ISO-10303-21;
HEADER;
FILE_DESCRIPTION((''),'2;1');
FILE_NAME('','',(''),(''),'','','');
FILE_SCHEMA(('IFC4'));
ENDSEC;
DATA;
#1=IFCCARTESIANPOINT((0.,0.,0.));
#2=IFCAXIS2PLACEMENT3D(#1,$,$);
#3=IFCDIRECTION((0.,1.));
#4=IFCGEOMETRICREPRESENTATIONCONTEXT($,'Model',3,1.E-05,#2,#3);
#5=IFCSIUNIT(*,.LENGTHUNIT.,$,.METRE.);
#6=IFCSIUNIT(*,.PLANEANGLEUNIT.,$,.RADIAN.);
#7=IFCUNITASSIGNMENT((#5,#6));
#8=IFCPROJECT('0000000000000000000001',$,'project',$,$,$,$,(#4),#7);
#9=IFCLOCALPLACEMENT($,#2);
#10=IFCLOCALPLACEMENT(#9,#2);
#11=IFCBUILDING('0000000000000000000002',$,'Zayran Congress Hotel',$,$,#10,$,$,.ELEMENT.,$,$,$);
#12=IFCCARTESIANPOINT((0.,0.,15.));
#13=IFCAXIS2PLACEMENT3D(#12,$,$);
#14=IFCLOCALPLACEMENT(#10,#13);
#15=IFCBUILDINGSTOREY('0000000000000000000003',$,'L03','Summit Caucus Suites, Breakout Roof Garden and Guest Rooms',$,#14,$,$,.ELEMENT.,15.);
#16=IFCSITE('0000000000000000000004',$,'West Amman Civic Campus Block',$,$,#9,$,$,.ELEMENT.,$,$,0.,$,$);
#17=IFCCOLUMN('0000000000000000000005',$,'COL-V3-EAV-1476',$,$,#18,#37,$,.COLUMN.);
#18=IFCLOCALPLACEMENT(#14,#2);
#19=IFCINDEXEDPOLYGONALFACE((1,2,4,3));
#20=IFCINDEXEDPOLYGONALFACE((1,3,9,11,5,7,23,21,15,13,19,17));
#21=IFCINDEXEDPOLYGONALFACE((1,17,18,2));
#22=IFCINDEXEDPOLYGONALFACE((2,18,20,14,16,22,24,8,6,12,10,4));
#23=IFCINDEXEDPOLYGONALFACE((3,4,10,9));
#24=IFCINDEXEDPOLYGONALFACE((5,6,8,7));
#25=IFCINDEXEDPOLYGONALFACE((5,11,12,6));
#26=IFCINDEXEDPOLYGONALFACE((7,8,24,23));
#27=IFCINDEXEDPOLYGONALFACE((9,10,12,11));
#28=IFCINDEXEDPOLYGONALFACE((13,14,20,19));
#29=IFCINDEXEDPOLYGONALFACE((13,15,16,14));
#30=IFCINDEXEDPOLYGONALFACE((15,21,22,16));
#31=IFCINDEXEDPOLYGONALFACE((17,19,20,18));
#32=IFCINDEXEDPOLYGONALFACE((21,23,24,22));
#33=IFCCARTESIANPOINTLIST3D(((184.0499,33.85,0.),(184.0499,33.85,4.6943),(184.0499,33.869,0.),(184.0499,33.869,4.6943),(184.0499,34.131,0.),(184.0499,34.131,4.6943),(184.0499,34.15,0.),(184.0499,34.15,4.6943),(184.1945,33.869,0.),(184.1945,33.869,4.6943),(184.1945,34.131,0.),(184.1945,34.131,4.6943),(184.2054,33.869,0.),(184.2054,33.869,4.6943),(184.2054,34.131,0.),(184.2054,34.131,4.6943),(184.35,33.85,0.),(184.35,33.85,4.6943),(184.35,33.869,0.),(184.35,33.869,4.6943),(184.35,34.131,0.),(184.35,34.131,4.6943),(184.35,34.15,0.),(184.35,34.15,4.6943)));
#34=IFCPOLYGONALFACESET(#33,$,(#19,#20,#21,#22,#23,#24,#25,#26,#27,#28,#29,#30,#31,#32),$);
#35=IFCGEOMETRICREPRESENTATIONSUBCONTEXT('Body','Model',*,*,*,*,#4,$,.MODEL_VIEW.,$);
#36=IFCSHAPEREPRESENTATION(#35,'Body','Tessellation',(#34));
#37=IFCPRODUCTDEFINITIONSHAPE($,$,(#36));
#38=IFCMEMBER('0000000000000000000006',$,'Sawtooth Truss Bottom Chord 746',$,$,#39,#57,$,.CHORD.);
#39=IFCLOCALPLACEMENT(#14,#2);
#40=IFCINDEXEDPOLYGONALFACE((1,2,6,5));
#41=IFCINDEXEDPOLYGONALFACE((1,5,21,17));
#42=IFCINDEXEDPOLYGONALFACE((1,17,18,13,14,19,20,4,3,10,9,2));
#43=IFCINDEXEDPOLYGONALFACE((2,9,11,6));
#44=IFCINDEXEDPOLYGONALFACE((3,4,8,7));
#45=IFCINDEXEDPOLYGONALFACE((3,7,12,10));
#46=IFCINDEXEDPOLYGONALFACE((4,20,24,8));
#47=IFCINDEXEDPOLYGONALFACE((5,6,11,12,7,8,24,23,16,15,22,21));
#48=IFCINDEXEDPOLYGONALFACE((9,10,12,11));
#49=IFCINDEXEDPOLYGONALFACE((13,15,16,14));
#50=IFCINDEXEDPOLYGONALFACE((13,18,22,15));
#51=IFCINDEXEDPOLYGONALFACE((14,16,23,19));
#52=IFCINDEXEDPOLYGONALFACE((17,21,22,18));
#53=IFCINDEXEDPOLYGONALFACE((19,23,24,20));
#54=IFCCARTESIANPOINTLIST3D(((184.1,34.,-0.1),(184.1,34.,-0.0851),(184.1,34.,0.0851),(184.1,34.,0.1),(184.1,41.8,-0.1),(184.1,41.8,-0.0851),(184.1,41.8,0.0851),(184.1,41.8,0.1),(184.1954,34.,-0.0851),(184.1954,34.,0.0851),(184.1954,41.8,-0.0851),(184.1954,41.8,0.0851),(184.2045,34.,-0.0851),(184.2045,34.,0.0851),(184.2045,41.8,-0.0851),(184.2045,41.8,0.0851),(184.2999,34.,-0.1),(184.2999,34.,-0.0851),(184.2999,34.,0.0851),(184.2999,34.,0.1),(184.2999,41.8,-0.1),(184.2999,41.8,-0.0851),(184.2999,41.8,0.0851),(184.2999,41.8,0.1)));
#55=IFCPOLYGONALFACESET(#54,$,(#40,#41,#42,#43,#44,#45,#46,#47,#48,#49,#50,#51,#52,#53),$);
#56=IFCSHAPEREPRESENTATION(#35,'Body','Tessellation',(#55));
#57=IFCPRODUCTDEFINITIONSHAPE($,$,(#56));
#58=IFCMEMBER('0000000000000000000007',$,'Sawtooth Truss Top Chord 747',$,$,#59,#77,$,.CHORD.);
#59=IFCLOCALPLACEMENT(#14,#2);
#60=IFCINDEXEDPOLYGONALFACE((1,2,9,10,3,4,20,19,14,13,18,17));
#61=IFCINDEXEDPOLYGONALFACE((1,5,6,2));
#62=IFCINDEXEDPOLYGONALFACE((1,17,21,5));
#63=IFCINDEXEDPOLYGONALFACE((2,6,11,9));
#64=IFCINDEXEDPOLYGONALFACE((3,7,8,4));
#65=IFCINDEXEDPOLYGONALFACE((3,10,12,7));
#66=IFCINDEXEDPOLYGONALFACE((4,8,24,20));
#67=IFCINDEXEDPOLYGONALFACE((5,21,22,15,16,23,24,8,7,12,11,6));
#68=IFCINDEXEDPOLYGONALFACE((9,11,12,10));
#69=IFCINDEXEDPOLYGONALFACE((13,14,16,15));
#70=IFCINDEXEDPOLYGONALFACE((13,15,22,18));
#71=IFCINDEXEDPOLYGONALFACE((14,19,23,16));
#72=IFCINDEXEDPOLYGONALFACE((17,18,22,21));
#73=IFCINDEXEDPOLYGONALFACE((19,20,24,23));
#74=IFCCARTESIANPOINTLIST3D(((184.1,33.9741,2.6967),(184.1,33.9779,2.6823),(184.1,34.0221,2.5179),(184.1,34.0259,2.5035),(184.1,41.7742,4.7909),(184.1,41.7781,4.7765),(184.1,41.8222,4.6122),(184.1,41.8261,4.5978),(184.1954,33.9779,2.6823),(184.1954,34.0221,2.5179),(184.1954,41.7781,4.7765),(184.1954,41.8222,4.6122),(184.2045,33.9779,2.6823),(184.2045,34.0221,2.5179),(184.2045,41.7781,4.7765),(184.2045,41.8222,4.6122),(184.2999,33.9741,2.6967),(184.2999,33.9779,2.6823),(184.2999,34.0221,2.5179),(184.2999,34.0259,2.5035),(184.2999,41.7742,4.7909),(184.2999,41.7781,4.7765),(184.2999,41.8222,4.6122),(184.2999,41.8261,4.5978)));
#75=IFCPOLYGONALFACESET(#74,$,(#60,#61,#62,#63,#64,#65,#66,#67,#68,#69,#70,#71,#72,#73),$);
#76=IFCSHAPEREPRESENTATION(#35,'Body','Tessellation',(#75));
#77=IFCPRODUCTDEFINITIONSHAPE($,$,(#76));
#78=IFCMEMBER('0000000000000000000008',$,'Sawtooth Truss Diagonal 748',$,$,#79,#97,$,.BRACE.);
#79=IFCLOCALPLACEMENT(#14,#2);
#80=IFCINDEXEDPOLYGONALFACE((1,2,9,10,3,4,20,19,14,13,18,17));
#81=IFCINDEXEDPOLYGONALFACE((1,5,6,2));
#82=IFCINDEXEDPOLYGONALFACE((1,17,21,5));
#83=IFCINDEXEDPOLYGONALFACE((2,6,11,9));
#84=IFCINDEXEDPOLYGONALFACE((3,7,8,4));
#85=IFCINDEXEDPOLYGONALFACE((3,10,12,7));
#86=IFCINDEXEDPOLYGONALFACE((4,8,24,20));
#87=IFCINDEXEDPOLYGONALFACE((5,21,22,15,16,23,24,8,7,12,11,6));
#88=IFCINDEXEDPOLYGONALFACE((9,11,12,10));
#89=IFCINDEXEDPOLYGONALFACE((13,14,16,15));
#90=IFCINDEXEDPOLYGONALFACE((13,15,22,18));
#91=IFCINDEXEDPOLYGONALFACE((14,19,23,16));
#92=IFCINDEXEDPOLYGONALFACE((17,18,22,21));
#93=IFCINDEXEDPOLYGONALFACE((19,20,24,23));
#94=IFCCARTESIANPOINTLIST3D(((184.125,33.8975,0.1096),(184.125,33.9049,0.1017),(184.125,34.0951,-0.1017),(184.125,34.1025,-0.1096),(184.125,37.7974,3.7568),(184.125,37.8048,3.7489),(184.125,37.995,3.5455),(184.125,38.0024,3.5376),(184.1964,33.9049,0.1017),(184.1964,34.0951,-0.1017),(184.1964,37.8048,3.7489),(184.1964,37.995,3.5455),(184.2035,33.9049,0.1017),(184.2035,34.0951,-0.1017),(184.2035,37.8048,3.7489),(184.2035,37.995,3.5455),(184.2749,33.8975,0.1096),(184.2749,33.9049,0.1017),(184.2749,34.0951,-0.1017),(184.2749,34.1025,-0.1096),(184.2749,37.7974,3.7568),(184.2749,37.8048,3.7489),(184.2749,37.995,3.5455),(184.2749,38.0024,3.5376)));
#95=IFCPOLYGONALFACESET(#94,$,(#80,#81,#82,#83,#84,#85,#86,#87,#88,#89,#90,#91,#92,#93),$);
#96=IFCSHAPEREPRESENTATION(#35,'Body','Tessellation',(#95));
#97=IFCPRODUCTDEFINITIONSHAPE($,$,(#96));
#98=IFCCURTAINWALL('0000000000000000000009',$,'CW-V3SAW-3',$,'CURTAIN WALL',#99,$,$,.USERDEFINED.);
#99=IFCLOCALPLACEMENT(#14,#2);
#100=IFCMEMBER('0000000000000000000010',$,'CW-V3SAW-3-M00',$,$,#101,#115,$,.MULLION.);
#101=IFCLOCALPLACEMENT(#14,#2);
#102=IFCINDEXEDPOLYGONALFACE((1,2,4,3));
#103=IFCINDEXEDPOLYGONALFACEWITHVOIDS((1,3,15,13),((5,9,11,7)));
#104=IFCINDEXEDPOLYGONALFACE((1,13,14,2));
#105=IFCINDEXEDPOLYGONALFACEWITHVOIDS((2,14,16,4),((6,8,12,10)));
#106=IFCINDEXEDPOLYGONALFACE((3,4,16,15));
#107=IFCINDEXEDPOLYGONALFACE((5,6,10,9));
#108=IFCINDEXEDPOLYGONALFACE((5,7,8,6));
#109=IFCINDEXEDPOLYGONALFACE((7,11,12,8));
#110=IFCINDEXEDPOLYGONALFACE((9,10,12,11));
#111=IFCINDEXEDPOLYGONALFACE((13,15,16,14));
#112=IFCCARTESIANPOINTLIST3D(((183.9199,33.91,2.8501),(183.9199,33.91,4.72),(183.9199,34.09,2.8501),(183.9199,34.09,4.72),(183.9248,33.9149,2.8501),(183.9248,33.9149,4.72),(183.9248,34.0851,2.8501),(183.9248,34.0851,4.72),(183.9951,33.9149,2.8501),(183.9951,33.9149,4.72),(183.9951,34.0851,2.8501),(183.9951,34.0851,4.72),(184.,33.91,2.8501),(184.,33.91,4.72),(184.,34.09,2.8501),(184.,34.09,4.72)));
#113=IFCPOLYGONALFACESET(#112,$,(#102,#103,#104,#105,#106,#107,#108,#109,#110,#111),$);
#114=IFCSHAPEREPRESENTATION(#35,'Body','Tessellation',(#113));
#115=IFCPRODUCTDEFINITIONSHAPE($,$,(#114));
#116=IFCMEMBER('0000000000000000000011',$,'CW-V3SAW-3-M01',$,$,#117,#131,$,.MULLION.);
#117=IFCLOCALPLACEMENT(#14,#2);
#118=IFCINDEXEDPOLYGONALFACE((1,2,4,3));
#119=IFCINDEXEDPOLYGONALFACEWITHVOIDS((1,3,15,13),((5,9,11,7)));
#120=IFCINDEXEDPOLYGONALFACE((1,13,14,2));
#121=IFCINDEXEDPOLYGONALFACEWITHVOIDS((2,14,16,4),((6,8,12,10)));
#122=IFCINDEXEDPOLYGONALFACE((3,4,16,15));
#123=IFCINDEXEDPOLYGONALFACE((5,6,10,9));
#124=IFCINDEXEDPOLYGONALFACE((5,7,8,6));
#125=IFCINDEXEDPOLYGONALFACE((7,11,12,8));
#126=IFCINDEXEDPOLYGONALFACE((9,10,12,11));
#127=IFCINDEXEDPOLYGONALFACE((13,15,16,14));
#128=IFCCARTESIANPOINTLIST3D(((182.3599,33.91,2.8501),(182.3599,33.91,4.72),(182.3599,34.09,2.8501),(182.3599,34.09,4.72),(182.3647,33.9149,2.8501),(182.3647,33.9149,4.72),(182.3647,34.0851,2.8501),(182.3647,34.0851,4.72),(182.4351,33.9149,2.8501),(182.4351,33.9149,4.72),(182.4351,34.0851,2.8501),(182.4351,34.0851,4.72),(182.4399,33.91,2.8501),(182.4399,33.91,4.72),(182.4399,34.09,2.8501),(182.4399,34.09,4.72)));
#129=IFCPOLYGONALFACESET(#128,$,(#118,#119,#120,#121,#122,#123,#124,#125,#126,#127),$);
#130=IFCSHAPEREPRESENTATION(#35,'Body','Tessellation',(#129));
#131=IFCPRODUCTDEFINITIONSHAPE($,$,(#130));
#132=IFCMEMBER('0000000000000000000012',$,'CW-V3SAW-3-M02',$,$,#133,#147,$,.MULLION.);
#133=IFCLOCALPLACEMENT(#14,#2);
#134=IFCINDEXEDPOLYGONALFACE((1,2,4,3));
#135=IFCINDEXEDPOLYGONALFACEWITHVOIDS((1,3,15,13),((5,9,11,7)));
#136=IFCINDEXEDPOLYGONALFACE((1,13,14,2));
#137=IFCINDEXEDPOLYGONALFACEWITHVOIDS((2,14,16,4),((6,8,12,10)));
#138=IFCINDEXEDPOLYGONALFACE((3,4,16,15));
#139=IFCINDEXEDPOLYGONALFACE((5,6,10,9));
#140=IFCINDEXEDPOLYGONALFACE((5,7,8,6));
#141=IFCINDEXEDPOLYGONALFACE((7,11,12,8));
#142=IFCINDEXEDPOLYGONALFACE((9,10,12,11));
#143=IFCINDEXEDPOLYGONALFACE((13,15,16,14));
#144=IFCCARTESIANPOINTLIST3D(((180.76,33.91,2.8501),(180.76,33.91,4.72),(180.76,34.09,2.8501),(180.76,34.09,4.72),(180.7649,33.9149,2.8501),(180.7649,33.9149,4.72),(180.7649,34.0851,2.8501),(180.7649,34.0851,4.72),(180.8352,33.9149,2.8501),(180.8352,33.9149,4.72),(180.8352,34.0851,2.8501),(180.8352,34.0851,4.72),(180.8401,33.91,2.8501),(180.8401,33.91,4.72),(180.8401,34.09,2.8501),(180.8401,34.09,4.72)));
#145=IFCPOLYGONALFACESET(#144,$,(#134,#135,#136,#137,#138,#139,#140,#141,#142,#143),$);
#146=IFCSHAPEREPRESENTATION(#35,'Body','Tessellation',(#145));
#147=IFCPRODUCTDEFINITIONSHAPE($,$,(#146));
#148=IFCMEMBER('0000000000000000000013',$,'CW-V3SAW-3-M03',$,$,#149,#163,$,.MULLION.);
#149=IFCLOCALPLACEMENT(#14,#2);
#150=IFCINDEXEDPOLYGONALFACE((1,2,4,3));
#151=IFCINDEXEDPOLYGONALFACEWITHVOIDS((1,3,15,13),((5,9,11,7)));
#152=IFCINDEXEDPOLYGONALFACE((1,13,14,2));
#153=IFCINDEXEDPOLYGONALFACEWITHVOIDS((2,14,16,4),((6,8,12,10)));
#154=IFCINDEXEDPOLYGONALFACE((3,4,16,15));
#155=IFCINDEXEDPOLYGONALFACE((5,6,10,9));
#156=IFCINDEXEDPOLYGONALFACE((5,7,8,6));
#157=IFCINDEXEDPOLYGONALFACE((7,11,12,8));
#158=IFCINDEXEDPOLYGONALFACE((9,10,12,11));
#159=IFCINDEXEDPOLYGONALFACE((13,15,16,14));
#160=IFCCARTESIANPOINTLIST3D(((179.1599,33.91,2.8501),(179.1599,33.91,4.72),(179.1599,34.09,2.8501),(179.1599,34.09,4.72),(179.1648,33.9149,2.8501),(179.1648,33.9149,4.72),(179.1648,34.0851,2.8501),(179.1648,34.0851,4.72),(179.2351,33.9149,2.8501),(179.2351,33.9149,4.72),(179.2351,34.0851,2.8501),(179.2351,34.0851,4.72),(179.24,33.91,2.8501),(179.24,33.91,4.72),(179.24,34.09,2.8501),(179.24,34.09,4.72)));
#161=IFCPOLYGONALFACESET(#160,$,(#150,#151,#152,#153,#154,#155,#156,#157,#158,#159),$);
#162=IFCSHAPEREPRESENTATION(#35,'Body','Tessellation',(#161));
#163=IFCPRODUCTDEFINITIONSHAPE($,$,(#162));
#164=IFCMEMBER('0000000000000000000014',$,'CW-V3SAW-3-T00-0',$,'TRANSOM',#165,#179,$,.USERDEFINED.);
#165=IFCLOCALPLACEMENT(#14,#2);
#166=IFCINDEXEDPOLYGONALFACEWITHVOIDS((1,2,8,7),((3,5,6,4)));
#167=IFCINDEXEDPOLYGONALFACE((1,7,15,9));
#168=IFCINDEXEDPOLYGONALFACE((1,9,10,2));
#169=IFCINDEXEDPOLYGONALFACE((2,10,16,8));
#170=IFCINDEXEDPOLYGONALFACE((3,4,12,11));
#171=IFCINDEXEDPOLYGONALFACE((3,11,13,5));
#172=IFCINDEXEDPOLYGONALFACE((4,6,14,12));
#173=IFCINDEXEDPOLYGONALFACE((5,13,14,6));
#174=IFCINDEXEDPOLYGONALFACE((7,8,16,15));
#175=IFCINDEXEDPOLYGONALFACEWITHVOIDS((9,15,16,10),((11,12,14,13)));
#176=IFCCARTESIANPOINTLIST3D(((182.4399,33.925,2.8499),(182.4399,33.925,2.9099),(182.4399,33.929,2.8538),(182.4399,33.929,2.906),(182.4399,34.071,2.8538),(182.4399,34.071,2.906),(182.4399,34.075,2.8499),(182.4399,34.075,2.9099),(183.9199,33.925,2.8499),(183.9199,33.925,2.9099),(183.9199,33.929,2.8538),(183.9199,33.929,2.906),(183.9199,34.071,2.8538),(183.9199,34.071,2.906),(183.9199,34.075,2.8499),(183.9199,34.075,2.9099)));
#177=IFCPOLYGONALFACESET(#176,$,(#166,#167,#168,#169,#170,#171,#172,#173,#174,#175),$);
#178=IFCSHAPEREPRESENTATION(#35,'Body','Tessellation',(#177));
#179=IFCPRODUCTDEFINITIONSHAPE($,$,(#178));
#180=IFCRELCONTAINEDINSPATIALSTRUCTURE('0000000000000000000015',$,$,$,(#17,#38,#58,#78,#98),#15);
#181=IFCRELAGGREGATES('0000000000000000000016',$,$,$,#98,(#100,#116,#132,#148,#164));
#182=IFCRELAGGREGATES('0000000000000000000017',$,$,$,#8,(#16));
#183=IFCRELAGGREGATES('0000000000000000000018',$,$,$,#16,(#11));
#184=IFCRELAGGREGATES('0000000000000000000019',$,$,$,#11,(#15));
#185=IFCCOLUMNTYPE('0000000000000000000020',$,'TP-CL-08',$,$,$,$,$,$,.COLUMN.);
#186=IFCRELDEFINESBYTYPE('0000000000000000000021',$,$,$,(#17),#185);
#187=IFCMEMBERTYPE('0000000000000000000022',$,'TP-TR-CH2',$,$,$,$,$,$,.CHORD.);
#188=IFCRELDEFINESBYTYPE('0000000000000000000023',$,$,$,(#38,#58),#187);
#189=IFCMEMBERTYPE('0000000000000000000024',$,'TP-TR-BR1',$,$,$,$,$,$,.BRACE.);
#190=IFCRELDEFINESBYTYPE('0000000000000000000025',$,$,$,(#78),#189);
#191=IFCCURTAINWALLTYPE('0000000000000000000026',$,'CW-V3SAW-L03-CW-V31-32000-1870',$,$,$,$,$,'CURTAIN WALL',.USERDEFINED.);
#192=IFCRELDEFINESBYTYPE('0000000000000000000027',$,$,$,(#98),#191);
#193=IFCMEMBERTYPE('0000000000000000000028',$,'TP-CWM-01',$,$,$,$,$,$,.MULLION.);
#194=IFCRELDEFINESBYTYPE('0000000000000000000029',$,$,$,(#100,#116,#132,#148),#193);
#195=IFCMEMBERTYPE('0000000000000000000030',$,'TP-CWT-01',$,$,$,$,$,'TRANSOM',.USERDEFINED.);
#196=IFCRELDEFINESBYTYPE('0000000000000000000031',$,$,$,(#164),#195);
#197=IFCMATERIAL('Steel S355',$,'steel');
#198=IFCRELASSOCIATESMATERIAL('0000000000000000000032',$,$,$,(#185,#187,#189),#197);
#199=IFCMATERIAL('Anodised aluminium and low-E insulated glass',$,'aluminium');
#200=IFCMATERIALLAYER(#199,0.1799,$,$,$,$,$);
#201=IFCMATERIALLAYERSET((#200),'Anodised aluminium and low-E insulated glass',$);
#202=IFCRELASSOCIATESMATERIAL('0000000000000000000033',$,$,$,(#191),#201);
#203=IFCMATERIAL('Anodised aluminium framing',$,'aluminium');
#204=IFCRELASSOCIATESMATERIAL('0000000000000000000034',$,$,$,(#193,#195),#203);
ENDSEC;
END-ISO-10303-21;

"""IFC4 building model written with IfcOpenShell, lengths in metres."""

from ifc_helpers import new_model, si_unit, direction, frame, origin, origin_2d, place, context, subcontext, project, spatial, hollow_rectangle, i_section, extrude, material, layer, layer_set, material_profile, profile_set, type_object, element, aggregate, save


model = new_model("IFC4")

# Units and contexts
model_context = context("Model", 3, precision=1e-05, world=origin(), true_north=direction((0.0, 1.0)))
body_context = subcontext(model_context, "Body", "Model", "MODEL_VIEW")
ifc_project = project(units=[si_unit("LENGTHUNIT", "METRE"), si_unit("PLANEANGLEUNIT", "RADIAN")], contexts=[model_context])

# Site, building, storey
site_placement = place(None, origin())
site = spatial("IfcSite", under=ifc_project, at=site_placement, Name="West Amman Civic Campus Block", CompositionType="ELEMENT", RefElevation=0.0)
building_placement = place(site_placement, origin())
building = spatial("IfcBuilding", under=site, at=building_placement, Name="Zayran Congress Hotel", CompositionType="ELEMENT")
storey_placement = place(building_placement, frame((0.0, 0.0, 15.0)))
storey = spatial("IfcBuildingStorey", under=building, at=storey_placement, Name="L03", Description="Summit Caucus Suites, Breakout Roof Garden and Guest Rooms", CompositionType="ELEMENT", Elevation=15.0)

# Column
ifc_material_1 = material(Name="Steel S355", Category="steel")
ifc_material_profile_1 = material_profile(ifc_material_1, i_section(OverallWidth=0.3, OverallDepth=0.3, WebThickness=0.011, FlangeThickness=0.019, at=origin_2d()), Name="HEB 300")
ifc_profile_set_1 = profile_set([ifc_material_profile_1], Name="Steel S355")
column_type = type_object("IfcColumnType", Name="TP-CL-08", PredefinedType="COLUMN", material=ifc_profile_set_1)
column_placement = place(storey_placement, frame((184.2, 34.0, 0.0), z_axis=(0.0, 0.0, 1.0), x_axis=(1.0, 0.0, 0.0)))
element("IfcColumn", 1, at=column_placement, inside=storey, type_object=column_type, Name="COL-V3-EAV-1476", PredefinedType="COLUMN", context=body_context, shape_type="SweptSolid", body=[
    extrude(i_section(OverallWidth=0.3, OverallDepth=0.3, WebThickness=0.011, FlangeThickness=0.019, at=origin_2d()), origin(), (0.0, 0.0, 1.0), 4.6943),
])

# Members
ifc_material_profile_2 = material_profile(ifc_material_1, i_section(OverallWidth=0.2, OverallDepth=0.2, WebThickness=0.009, FlangeThickness=0.0149, at=origin_2d()), Name="HEB 200")
ifc_profile_set_2 = profile_set([ifc_material_profile_2], Name="Steel S355")
member_type_1 = type_object("IfcMemberType", Name="TP-TR-CH2", PredefinedType="CHORD", material=ifc_profile_set_2)
member_1_placement = place(storey_placement, frame((184.2, 34.0, 0.0), z_axis=(0.0, 1.0, 0.0), x_axis=(-1.0, 0.0, 0.0)))
element("IfcMember", 2, at=member_1_placement, inside=storey, type_object=member_type_1, Name="Sawtooth Truss Bottom Chord 746", PredefinedType="CHORD", context=body_context, shape_type="SweptSolid", body=[
    extrude(i_section(OverallWidth=0.2, OverallDepth=0.2, WebThickness=0.009, FlangeThickness=0.0149, at=origin_2d()), origin(), (0.0, 0.0, 1.0), 7.8),
])
member_2_placement = place(storey_placement, frame((184.2, 34.0, 2.6001), z_axis=(0.0, 0.965795, 0.259307), x_axis=(-1.0, 0.0, 0.0)))
element("IfcMember", 3, at=member_2_placement, inside=storey, type_object=member_type_1, Name="Sawtooth Truss Top Chord 747", PredefinedType="CHORD", context=body_context, shape_type="SweptSolid", body=[
    extrude(i_section(OverallWidth=0.2, OverallDepth=0.2, WebThickness=0.009, FlangeThickness=0.0149, at=origin_2d()), origin(), (0.0, 0.0, 1.0), 8.0764),
])
ifc_material_profile_3 = material_profile(ifc_material_1, i_section(OverallWidth=0.1499, OverallDepth=0.3, WebThickness=0.0071, FlangeThickness=0.0107, at=origin_2d()), Name="IPE 300")
ifc_profile_set_3 = profile_set([ifc_material_profile_3], Name="Steel S355")
member_type_2 = type_object("IfcMemberType", Name="TP-TR-BR1", PredefinedType="BRACE", material=ifc_profile_set_3)
member_3_placement = place(storey_placement, frame((184.2, 34.0, 0.0), z_axis=(0.0, 0.730372, 0.683049), x_axis=(-1.0, 0.0, 0.0)))
element("IfcMember", 4, at=member_3_placement, inside=storey, type_object=member_type_2, Name="Sawtooth Truss Diagonal 748", PredefinedType="BRACE", context=body_context, shape_type="SweptSolid", body=[
    extrude(i_section(OverallWidth=0.1499, OverallDepth=0.3, WebThickness=0.0071, FlangeThickness=0.0107, at=origin_2d()), origin(), (0.0, 0.0, 1.0), 5.3396),
])

# Curtain wall, members
ifc_material_2 = material(Name="Anodised aluminium and low-E insulated glass", Category="aluminium")
ifc_layer_1 = layer(ifc_material_2, 0.1799)
ifc_layer_set_1 = layer_set([ifc_layer_1], Name="Anodised aluminium and low-E insulated glass")
curtain_wall_type = type_object("IfcCurtainWallType", Name="CW-V3SAW-L03-CW-V31-32000-1870", ElementType="CURTAIN WALL", PredefinedType="USERDEFINED", material=ifc_layer_set_1)
curtain_wall_placement = place(storey_placement, origin())
curtain_wall = element("IfcCurtainWall", 5, at=curtain_wall_placement, inside=storey, type_object=curtain_wall_type, Name="CW-V3SAW-3", ObjectType="CURTAIN WALL", PredefinedType="USERDEFINED")
ifc_material_3 = material(Name="Anodised aluminium framing", Category="aluminium")
ifc_material_profile_4 = material_profile(ifc_material_3, hollow_rectangle(XDim=0.0801, YDim=0.1799, WallThickness=0.0049, at=origin_2d()), Name="RHS 180x80x5")
ifc_profile_set_4 = profile_set([ifc_material_profile_4], Name="Anodised aluminium framing")
member_type_3 = type_object("IfcMemberType", Name="TP-CWM-01", PredefinedType="MULLION", material=ifc_profile_set_4)
member_4_placement = place(storey_placement, frame((183.96, 34.0, 2.8501), z_axis=(0.0, 0.0, 1.0), x_axis=(1.0, 0.0, 0.0)))
member_4 = element("IfcMember", 6, at=member_4_placement, type_object=member_type_3, Name="CW-V3SAW-3-M00", PredefinedType="MULLION", context=body_context, shape_type="SweptSolid", body=[
    extrude(hollow_rectangle(XDim=0.0801, YDim=0.1799, WallThickness=0.0049, at=origin_2d()), origin(), (0.0, 0.0, 1.0), 1.8699),
])
member_5_placement = place(storey_placement, frame((182.3999, 34.0, 2.8501), z_axis=(0.0, 0.0, 1.0), x_axis=(1.0, 0.0, 0.0)))
member_5 = element("IfcMember", 7, at=member_5_placement, type_object=member_type_3, Name="CW-V3SAW-3-M01", PredefinedType="MULLION", context=body_context, shape_type="SweptSolid", body=[
    extrude(hollow_rectangle(XDim=0.0801, YDim=0.1799, WallThickness=0.0049, at=origin_2d()), origin(), (0.0, 0.0, 1.0), 1.8699),
])
member_6_placement = place(storey_placement, frame((180.8, 34.0, 2.8501), z_axis=(0.0, 0.0, 1.0), x_axis=(1.0, 0.0, 0.0)))
member_6 = element("IfcMember", 8, at=member_6_placement, type_object=member_type_3, Name="CW-V3SAW-3-M02", PredefinedType="MULLION", context=body_context, shape_type="SweptSolid", body=[
    extrude(hollow_rectangle(XDim=0.0801, YDim=0.1799, WallThickness=0.0049, at=origin_2d()), origin(), (0.0, 0.0, 1.0), 1.8699),
])
member_7_placement = place(storey_placement, frame((179.2, 34.0, 2.8501), z_axis=(0.0, 0.0, 1.0), x_axis=(1.0, 0.0, 0.0)))
member_7 = element("IfcMember", 9, at=member_7_placement, type_object=member_type_3, Name="CW-V3SAW-3-M03", PredefinedType="MULLION", context=body_context, shape_type="SweptSolid", body=[
    extrude(hollow_rectangle(XDim=0.0801, YDim=0.1799, WallThickness=0.0049, at=origin_2d()), origin(), (0.0, 0.0, 1.0), 1.8699),
])
ifc_material_profile_5 = material_profile(ifc_material_3, hollow_rectangle(XDim=0.0601, YDim=0.1499, WallThickness=0.0039, at=origin_2d()), Name="RHS 150x60x4")
ifc_profile_set_5 = profile_set([ifc_material_profile_5], Name="Anodised aluminium framing")
member_type_4 = type_object("IfcMemberType", Name="TP-CWT-01", ElementType="TRANSOM", PredefinedType="USERDEFINED", material=ifc_profile_set_5)
member_8_placement = place(storey_placement, frame((183.9199, 34.0, 2.8799), z_axis=(-1.0, 0.0, 0.0), x_axis=(0.0, 0.0, 1.0)))
member_8 = element("IfcMember", 10, at=member_8_placement, type_object=member_type_4, Name="CW-V3SAW-3-T00-0", ObjectType="TRANSOM", PredefinedType="USERDEFINED", context=body_context, shape_type="SweptSolid", body=[
    extrude(hollow_rectangle(XDim=0.0601, YDim=0.1499, WallThickness=0.0039, at=origin_2d()), origin(), (0.0, 0.0, 1.0), 1.48),
])

aggregate(curtain_wall, [member_4, member_5, member_6, member_7, member_8])

save(model, "model.ifc")
